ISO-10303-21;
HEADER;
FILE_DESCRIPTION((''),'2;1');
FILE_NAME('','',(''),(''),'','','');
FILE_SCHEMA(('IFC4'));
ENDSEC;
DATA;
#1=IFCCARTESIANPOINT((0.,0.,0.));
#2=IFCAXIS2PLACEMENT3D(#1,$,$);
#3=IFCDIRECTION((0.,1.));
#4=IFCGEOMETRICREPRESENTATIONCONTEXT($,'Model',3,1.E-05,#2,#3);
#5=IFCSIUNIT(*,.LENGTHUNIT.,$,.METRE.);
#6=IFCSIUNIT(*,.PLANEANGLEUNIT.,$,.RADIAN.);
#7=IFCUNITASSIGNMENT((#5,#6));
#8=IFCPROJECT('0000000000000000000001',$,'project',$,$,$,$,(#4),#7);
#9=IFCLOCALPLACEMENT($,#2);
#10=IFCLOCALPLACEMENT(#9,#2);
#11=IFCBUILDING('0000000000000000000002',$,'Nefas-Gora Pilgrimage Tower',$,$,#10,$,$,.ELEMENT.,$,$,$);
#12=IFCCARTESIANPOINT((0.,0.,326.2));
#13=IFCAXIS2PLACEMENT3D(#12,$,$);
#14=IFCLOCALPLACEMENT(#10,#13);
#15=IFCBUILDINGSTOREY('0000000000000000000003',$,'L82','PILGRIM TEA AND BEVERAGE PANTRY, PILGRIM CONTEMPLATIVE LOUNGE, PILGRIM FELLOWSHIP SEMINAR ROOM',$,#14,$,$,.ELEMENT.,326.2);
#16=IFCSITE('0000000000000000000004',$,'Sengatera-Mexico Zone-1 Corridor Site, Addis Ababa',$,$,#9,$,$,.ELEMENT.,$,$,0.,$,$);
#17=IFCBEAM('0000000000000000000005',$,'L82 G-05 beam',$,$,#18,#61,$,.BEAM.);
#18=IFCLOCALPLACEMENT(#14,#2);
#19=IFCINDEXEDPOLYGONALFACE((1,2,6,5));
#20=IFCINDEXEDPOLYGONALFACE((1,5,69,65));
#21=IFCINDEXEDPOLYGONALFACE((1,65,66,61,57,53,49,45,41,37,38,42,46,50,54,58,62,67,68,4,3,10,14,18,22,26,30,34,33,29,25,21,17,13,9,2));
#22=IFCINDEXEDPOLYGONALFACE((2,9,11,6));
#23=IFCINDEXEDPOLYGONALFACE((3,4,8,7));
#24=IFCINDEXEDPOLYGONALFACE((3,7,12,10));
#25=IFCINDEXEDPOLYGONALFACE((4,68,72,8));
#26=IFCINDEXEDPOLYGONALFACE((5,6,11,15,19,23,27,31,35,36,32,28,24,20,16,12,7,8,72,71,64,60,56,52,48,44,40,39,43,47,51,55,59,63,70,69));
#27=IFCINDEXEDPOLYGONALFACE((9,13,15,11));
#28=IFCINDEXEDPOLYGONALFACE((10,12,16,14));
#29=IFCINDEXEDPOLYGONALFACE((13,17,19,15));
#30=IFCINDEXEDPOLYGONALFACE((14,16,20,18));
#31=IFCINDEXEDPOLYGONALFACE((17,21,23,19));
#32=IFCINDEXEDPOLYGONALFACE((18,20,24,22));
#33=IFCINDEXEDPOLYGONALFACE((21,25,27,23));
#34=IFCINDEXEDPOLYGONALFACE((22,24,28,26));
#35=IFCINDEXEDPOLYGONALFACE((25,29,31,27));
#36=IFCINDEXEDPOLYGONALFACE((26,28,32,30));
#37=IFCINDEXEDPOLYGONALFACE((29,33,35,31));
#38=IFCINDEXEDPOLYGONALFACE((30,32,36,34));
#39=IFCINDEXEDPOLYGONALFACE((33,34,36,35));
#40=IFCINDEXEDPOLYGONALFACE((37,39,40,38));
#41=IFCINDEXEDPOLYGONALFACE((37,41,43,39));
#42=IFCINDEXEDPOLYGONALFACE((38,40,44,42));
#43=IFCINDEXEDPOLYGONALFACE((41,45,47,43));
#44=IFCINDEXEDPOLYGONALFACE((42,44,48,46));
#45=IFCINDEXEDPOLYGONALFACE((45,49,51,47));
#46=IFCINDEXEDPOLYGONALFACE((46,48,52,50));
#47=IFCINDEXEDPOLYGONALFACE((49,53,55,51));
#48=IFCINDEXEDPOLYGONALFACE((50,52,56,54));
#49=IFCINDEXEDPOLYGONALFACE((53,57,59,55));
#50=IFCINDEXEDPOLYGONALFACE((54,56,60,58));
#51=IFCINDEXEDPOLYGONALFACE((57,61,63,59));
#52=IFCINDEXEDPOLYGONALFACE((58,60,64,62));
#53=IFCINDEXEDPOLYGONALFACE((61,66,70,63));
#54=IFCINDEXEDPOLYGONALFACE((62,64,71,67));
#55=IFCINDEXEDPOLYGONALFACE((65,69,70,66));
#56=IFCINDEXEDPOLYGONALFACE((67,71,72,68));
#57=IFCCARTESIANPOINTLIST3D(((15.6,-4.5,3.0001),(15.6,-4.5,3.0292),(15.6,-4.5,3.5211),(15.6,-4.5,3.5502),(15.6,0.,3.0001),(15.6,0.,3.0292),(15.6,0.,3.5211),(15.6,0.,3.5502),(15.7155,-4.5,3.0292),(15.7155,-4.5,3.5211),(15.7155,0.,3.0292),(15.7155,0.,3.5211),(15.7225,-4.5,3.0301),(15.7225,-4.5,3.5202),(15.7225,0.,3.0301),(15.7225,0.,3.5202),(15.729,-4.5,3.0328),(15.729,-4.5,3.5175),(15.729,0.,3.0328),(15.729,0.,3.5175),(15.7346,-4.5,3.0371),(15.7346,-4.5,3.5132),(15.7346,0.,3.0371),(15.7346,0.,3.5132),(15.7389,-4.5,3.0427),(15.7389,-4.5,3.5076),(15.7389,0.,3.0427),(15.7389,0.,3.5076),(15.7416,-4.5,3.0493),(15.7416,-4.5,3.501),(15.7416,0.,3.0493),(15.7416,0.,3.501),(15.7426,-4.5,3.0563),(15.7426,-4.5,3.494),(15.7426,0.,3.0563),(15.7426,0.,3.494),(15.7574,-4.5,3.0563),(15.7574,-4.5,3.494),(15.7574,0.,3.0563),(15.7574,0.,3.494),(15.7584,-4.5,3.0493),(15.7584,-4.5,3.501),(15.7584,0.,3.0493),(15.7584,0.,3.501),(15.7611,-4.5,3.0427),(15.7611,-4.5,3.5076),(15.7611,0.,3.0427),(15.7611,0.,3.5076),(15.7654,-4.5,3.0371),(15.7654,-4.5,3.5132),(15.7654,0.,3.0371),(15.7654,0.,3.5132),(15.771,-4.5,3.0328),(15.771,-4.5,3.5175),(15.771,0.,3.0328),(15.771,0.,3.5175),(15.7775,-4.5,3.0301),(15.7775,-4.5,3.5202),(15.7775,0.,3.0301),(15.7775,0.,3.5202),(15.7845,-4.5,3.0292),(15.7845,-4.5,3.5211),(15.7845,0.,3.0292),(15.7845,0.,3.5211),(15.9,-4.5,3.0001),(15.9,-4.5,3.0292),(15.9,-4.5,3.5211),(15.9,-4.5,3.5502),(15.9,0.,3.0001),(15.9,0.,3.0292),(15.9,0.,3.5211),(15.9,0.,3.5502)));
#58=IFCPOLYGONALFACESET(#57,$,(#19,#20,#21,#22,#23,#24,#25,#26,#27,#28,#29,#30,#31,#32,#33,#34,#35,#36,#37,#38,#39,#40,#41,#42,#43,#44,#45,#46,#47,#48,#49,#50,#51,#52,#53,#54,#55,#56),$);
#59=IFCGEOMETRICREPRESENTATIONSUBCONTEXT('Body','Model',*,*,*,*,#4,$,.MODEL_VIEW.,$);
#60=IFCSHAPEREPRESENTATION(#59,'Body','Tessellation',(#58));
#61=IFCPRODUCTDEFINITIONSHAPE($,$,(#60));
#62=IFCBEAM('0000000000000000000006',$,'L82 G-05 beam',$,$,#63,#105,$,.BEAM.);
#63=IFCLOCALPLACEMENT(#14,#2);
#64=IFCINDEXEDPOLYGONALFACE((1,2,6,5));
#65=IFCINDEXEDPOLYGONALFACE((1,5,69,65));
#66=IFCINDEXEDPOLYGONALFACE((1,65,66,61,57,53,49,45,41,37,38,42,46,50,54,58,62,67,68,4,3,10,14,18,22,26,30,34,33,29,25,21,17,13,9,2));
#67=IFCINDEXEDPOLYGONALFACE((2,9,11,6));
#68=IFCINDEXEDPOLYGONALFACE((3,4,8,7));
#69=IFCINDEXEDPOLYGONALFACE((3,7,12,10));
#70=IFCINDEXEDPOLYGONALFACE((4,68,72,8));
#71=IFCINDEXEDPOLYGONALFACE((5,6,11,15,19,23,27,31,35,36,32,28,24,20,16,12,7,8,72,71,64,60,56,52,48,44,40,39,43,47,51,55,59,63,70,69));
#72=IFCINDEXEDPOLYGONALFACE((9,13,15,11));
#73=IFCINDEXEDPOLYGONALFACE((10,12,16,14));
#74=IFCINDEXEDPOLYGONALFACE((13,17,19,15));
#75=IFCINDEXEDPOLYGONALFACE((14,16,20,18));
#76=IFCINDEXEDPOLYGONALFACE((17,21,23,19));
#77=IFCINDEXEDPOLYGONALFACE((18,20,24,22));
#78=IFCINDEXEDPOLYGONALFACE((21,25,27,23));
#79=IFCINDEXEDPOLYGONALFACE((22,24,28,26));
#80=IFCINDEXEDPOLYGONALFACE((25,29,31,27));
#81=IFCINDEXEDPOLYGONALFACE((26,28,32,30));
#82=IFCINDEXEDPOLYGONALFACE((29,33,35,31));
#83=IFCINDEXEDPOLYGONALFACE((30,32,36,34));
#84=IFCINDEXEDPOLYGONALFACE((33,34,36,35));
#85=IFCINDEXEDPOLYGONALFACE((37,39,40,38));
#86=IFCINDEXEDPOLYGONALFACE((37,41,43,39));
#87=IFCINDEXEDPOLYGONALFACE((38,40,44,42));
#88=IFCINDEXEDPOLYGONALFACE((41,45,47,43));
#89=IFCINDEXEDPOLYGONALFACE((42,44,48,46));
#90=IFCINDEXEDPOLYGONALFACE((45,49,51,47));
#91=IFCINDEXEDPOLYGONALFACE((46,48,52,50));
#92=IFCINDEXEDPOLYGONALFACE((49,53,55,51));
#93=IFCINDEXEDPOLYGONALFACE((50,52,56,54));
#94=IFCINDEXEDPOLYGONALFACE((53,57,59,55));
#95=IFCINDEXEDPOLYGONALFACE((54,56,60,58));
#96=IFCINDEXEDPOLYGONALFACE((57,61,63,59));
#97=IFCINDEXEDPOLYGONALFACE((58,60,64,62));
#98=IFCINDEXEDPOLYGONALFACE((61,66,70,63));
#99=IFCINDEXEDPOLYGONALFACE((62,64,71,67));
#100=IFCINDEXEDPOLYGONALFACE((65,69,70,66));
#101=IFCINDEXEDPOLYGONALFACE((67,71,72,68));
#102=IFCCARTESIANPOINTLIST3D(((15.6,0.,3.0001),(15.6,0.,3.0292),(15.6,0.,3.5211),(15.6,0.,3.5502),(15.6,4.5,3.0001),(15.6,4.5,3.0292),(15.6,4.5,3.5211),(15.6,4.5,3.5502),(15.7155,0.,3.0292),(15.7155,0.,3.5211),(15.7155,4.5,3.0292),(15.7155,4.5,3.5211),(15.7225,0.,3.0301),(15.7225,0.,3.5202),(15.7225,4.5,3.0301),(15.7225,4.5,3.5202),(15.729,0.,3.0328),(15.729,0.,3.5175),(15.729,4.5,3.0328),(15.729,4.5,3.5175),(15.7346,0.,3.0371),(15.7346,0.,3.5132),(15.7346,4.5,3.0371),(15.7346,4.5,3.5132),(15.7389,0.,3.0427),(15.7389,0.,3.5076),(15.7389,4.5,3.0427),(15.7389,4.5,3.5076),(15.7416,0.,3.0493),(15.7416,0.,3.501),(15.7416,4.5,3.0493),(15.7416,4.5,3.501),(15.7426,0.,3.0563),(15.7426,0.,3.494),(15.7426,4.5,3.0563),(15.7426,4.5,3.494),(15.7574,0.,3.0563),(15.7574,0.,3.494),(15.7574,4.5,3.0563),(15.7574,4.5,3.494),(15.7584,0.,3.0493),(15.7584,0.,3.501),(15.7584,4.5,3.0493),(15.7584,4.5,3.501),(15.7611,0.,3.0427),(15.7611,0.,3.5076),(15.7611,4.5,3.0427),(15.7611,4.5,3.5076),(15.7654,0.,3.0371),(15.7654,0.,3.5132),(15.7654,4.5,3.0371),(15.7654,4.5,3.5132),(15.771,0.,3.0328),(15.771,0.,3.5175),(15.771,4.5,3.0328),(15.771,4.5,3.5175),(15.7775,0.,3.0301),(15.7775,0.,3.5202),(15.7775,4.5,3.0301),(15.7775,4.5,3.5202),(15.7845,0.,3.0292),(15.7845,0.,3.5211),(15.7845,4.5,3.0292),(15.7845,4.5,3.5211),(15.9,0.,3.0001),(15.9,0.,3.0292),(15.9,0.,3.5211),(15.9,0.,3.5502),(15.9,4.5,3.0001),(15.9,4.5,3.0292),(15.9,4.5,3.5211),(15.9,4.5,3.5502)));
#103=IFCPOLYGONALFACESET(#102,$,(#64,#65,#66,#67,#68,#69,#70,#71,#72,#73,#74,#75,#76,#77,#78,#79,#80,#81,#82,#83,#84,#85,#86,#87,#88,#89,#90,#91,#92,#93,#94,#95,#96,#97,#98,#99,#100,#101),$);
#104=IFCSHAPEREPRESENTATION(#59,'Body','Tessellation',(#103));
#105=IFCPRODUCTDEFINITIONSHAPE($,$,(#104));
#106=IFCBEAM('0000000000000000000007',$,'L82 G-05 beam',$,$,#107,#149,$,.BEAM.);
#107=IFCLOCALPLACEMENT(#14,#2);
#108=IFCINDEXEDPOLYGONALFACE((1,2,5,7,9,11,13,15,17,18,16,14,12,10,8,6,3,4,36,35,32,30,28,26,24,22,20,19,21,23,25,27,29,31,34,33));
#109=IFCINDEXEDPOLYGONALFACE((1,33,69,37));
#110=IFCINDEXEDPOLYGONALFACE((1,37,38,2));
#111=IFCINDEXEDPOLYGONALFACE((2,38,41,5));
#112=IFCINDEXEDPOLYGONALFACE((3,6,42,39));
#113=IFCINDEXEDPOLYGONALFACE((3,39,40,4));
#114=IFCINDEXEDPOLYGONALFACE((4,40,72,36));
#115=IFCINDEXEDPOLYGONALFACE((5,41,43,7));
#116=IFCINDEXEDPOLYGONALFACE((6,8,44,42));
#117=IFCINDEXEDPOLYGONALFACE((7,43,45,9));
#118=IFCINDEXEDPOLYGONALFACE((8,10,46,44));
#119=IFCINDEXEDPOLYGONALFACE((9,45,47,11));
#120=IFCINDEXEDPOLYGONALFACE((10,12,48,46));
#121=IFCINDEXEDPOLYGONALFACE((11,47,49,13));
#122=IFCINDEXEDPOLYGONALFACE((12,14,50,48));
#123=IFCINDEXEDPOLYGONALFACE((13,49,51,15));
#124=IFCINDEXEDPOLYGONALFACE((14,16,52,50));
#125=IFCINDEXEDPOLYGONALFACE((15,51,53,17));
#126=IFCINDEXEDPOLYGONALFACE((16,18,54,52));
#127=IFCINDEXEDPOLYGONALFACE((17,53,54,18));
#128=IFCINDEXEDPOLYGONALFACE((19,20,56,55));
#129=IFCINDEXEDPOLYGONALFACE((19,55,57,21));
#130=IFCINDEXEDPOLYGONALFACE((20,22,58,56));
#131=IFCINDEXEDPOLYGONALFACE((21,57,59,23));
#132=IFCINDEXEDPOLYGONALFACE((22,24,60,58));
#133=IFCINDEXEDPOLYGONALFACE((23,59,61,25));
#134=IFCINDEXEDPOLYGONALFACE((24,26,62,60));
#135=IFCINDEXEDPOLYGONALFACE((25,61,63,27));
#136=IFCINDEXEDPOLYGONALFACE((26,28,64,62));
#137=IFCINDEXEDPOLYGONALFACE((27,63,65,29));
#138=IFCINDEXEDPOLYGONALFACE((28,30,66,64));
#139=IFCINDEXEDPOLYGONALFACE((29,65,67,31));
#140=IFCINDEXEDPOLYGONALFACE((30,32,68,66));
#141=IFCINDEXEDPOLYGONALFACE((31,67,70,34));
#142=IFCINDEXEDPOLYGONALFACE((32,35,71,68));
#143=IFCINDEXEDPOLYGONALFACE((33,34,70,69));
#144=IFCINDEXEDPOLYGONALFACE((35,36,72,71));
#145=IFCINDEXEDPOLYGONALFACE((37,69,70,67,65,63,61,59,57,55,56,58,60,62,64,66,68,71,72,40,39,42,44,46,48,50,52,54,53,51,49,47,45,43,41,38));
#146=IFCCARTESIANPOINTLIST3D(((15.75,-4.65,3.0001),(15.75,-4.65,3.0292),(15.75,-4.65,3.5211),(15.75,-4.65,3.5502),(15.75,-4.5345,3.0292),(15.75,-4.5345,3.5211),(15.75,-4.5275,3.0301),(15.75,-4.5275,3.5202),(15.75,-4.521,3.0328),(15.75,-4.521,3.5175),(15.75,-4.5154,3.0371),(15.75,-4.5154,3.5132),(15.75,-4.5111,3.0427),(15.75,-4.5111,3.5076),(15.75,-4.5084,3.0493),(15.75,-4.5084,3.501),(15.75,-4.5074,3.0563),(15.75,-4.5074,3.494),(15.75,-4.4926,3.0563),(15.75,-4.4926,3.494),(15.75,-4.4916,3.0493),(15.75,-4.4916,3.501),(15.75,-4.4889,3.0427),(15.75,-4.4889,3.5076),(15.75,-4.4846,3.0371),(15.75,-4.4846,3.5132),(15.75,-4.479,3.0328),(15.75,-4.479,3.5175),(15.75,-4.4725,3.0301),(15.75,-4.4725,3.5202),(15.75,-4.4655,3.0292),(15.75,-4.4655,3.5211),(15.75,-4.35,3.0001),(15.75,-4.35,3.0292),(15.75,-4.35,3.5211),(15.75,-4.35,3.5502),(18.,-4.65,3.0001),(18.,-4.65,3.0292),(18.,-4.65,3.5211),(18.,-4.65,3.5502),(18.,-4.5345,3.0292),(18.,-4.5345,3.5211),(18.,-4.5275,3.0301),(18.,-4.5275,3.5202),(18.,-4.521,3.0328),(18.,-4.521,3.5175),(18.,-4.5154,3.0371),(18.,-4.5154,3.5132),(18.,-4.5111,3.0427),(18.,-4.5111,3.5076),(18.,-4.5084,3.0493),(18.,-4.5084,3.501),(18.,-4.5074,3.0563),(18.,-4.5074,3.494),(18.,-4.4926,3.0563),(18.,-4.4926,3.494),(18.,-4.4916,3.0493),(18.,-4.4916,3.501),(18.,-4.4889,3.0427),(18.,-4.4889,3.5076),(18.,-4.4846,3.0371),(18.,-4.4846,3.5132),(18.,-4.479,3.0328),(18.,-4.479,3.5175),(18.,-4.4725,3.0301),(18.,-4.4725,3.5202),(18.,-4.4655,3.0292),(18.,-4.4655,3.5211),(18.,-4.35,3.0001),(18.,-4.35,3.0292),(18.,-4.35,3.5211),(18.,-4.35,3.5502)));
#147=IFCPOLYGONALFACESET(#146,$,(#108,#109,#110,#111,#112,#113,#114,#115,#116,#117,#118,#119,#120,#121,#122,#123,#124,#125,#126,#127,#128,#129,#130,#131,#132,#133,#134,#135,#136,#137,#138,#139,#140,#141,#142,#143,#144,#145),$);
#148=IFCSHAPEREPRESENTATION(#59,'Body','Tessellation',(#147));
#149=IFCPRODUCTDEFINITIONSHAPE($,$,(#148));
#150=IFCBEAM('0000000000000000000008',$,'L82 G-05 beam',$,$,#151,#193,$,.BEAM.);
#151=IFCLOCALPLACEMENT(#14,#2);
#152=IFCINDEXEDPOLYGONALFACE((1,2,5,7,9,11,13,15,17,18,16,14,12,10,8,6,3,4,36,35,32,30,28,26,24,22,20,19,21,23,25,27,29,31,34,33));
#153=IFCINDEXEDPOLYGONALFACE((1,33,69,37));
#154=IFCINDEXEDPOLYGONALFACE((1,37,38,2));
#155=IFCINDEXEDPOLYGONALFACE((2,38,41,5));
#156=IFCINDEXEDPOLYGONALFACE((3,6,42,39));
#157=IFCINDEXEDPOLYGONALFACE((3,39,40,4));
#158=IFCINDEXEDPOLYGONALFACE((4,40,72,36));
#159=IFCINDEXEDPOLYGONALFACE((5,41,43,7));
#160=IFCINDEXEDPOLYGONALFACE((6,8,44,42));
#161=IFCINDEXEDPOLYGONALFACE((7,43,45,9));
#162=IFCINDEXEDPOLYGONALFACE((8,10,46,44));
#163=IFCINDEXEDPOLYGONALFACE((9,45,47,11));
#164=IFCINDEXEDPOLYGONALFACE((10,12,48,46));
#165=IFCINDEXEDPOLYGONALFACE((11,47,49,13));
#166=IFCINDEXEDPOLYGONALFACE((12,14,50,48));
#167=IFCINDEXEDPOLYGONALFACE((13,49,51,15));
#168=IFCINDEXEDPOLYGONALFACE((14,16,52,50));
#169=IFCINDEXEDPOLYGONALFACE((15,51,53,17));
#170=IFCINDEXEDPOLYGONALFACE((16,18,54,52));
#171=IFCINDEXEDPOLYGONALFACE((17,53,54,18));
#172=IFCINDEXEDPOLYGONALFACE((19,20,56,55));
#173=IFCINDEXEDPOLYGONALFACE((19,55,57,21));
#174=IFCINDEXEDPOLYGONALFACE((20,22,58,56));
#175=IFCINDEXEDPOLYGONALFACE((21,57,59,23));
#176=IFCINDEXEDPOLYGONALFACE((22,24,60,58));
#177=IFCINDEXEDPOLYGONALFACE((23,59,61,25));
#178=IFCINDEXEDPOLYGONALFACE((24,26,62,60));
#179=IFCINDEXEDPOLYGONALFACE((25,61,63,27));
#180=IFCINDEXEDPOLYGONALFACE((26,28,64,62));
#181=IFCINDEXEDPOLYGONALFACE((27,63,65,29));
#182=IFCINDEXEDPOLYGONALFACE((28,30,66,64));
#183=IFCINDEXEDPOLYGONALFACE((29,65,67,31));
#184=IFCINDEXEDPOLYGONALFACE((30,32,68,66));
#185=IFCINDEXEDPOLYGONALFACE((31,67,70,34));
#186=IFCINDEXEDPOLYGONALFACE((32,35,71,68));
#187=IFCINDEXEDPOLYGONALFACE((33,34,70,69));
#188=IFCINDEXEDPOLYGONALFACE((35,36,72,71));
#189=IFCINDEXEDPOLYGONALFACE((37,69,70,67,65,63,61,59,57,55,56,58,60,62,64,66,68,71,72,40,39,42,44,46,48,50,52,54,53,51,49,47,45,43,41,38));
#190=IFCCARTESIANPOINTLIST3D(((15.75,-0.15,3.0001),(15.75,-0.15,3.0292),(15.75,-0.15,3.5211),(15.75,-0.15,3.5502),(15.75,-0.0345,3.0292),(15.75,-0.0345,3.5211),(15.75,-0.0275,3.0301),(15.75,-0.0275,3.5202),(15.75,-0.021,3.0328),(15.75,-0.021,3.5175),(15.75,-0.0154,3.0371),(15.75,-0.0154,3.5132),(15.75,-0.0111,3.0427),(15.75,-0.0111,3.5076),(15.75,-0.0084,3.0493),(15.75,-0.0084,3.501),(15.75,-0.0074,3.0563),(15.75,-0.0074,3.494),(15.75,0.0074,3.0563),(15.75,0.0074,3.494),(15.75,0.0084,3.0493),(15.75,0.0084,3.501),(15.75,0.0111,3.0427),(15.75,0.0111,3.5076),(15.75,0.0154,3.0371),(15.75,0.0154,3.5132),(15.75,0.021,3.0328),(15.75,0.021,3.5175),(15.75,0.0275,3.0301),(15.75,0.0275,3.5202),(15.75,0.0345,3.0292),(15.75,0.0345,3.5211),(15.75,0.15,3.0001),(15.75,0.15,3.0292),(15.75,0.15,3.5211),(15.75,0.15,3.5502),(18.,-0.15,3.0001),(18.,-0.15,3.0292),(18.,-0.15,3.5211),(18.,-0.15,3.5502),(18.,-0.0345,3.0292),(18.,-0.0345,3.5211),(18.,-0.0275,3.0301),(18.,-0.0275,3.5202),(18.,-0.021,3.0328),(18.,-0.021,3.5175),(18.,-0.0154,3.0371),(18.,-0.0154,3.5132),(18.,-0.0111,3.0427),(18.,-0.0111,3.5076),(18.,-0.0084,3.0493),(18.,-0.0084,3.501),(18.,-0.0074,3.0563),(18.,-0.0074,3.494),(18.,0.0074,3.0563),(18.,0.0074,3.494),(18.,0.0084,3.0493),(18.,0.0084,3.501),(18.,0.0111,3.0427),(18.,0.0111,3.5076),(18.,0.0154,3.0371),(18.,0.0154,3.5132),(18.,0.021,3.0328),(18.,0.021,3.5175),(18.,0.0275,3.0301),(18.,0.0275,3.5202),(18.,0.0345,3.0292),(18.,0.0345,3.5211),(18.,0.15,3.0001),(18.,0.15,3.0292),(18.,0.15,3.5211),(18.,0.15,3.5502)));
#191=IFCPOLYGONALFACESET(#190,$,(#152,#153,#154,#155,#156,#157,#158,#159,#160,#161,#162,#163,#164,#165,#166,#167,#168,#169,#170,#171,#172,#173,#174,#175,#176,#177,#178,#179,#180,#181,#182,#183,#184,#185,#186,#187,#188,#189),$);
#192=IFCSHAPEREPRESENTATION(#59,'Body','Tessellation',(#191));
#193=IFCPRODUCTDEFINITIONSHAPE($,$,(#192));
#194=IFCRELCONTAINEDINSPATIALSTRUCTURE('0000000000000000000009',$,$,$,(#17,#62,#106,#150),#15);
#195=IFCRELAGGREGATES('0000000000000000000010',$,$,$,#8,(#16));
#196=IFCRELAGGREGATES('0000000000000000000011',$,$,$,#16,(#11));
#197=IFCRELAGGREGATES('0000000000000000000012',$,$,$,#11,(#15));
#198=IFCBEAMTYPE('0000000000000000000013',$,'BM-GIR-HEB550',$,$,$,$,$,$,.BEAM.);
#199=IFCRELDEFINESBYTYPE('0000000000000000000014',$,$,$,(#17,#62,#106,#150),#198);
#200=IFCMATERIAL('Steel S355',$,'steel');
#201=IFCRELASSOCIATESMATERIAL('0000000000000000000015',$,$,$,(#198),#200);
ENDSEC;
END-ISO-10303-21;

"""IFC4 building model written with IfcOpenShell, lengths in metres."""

from ifc_helpers import new_model, si_unit, direction, frame, origin, origin_2d, place, context, subcontext, project, spatial, i_section, extrude, source, transform, mapped, material, material_profile, profile_set, type_object, element, save


model = new_model("IFC4")

# Units and contexts
model_context = context("Model", 3, precision=1e-05, world=origin(), true_north=direction((0.0, 1.0)))
body_context = subcontext(model_context, "Body", "Model", "MODEL_VIEW")
ifc_project = project(units=[si_unit("LENGTHUNIT", "METRE"), si_unit("PLANEANGLEUNIT", "RADIAN")], contexts=[model_context])

# Site, building, storey
site_placement = place(None, origin())
site = spatial("IfcSite", under=ifc_project, at=site_placement, Name="Sengatera-Mexico Zone-1 Corridor Site, Addis Ababa", CompositionType="ELEMENT", RefElevation=0.0)
building_placement = place(site_placement, origin())
building = spatial("IfcBuilding", under=site, at=building_placement, Name="Nefas-Gora Pilgrimage Tower", CompositionType="ELEMENT")
storey_placement = place(building_placement, frame((0.0, 0.0, 326.2)))
storey = spatial("IfcBuildingStorey", under=building, at=storey_placement, Name="L82", Description="PILGRIM TEA AND BEVERAGE PANTRY, PILGRIM CONTEMPLATIVE LOUNGE, PILGRIM FELLOWSHIP SEMINAR ROOM", CompositionType="ELEMENT", Elevation=326.2)

# Shared definitions
ifc_material_1 = material(Name="Steel S355", Category="steel")

# Beams
ifc_material_profile_1 = material_profile(ifc_material_1, i_section(OverallWidth=0.3, OverallDepth=0.55, WebThickness=0.0149, FlangeThickness=0.0291, FilletRadius=0.0271, at=origin_2d()), Name="HEB 550")
ifc_profile_set_1 = profile_set([ifc_material_profile_1], Name="Steel S355")
beam_type_1 = type_object("IfcBeamType", Name="BM-GIR-HEB550", PredefinedType="BEAM", material=ifc_profile_set_1)
shared_shape_1 = source(origin(), body_context, "Body", "SweptSolid", [
    extrude(i_section(OverallWidth=0.3, OverallDepth=0.55, WebThickness=0.0149, FlangeThickness=0.0291, FilletRadius=0.0271, at=origin_2d()), origin(), (0.0, 0.0, 1.0), 4.5),
])
for number, where, z_axis, x_axis, name in (
    (1, (15.75, -4.5, 3.2751), (0.0, 1.0, 0.0), (-1.0, 0.0, 0.0), "L82 G-05 beam"),
    (2, (15.75, 0.0, 3.2751), (0.0, 1.0, 0.0), (-1.0, 0.0, 0.0), "L82 G-05 beam"),
):
    element("IfcBeam", number, at=place(storey_placement, frame(where, z_axis=z_axis, x_axis=x_axis)), inside=storey, type_object=beam_type_1, Name=name, PredefinedType="BEAM", context=body_context, shape_type="MappedRepresentation", body=[
        mapped(shared_shape_1, transform((0.0, 0.0, 0.0), x_axis=(1.0, 0.0, 0.0), y_axis=(0.0, 1.0, 0.0), z_axis=(0.0, 0.0, 1.0), scale=1.0)),
    ])
shared_shape_2 = source(origin(), body_context, "Body", "SweptSolid", [
    extrude(i_section(OverallWidth=0.3, OverallDepth=0.55, WebThickness=0.0149, FlangeThickness=0.0291, FilletRadius=0.0271, at=origin_2d()), origin(), (0.0, 0.0, 1.0), 2.25),
])
for number, where, z_axis, x_axis, name in (
    (3, (15.75, -4.5, 3.2751), (1.0, 0.0, 0.0), (0.0, 1.0, 0.0), "L82 G-05 beam"),
    (4, (15.75, 0.0, 3.2751), (1.0, 0.0, 0.0), (0.0, 1.0, 0.0), "L82 G-05 beam"),
):
    element("IfcBeam", number, at=place(storey_placement, frame(where, z_axis=z_axis, x_axis=x_axis)), inside=storey, type_object=beam_type_1, Name=name, PredefinedType="BEAM", context=body_context, shape_type="MappedRepresentation", body=[
        mapped(shared_shape_2, transform((0.0, 0.0, 0.0), x_axis=(1.0, 0.0, 0.0), y_axis=(0.0, 1.0, 0.0), z_axis=(0.0, 0.0, 1.0), scale=1.0)),
    ])

save(model, "model.ifc")
